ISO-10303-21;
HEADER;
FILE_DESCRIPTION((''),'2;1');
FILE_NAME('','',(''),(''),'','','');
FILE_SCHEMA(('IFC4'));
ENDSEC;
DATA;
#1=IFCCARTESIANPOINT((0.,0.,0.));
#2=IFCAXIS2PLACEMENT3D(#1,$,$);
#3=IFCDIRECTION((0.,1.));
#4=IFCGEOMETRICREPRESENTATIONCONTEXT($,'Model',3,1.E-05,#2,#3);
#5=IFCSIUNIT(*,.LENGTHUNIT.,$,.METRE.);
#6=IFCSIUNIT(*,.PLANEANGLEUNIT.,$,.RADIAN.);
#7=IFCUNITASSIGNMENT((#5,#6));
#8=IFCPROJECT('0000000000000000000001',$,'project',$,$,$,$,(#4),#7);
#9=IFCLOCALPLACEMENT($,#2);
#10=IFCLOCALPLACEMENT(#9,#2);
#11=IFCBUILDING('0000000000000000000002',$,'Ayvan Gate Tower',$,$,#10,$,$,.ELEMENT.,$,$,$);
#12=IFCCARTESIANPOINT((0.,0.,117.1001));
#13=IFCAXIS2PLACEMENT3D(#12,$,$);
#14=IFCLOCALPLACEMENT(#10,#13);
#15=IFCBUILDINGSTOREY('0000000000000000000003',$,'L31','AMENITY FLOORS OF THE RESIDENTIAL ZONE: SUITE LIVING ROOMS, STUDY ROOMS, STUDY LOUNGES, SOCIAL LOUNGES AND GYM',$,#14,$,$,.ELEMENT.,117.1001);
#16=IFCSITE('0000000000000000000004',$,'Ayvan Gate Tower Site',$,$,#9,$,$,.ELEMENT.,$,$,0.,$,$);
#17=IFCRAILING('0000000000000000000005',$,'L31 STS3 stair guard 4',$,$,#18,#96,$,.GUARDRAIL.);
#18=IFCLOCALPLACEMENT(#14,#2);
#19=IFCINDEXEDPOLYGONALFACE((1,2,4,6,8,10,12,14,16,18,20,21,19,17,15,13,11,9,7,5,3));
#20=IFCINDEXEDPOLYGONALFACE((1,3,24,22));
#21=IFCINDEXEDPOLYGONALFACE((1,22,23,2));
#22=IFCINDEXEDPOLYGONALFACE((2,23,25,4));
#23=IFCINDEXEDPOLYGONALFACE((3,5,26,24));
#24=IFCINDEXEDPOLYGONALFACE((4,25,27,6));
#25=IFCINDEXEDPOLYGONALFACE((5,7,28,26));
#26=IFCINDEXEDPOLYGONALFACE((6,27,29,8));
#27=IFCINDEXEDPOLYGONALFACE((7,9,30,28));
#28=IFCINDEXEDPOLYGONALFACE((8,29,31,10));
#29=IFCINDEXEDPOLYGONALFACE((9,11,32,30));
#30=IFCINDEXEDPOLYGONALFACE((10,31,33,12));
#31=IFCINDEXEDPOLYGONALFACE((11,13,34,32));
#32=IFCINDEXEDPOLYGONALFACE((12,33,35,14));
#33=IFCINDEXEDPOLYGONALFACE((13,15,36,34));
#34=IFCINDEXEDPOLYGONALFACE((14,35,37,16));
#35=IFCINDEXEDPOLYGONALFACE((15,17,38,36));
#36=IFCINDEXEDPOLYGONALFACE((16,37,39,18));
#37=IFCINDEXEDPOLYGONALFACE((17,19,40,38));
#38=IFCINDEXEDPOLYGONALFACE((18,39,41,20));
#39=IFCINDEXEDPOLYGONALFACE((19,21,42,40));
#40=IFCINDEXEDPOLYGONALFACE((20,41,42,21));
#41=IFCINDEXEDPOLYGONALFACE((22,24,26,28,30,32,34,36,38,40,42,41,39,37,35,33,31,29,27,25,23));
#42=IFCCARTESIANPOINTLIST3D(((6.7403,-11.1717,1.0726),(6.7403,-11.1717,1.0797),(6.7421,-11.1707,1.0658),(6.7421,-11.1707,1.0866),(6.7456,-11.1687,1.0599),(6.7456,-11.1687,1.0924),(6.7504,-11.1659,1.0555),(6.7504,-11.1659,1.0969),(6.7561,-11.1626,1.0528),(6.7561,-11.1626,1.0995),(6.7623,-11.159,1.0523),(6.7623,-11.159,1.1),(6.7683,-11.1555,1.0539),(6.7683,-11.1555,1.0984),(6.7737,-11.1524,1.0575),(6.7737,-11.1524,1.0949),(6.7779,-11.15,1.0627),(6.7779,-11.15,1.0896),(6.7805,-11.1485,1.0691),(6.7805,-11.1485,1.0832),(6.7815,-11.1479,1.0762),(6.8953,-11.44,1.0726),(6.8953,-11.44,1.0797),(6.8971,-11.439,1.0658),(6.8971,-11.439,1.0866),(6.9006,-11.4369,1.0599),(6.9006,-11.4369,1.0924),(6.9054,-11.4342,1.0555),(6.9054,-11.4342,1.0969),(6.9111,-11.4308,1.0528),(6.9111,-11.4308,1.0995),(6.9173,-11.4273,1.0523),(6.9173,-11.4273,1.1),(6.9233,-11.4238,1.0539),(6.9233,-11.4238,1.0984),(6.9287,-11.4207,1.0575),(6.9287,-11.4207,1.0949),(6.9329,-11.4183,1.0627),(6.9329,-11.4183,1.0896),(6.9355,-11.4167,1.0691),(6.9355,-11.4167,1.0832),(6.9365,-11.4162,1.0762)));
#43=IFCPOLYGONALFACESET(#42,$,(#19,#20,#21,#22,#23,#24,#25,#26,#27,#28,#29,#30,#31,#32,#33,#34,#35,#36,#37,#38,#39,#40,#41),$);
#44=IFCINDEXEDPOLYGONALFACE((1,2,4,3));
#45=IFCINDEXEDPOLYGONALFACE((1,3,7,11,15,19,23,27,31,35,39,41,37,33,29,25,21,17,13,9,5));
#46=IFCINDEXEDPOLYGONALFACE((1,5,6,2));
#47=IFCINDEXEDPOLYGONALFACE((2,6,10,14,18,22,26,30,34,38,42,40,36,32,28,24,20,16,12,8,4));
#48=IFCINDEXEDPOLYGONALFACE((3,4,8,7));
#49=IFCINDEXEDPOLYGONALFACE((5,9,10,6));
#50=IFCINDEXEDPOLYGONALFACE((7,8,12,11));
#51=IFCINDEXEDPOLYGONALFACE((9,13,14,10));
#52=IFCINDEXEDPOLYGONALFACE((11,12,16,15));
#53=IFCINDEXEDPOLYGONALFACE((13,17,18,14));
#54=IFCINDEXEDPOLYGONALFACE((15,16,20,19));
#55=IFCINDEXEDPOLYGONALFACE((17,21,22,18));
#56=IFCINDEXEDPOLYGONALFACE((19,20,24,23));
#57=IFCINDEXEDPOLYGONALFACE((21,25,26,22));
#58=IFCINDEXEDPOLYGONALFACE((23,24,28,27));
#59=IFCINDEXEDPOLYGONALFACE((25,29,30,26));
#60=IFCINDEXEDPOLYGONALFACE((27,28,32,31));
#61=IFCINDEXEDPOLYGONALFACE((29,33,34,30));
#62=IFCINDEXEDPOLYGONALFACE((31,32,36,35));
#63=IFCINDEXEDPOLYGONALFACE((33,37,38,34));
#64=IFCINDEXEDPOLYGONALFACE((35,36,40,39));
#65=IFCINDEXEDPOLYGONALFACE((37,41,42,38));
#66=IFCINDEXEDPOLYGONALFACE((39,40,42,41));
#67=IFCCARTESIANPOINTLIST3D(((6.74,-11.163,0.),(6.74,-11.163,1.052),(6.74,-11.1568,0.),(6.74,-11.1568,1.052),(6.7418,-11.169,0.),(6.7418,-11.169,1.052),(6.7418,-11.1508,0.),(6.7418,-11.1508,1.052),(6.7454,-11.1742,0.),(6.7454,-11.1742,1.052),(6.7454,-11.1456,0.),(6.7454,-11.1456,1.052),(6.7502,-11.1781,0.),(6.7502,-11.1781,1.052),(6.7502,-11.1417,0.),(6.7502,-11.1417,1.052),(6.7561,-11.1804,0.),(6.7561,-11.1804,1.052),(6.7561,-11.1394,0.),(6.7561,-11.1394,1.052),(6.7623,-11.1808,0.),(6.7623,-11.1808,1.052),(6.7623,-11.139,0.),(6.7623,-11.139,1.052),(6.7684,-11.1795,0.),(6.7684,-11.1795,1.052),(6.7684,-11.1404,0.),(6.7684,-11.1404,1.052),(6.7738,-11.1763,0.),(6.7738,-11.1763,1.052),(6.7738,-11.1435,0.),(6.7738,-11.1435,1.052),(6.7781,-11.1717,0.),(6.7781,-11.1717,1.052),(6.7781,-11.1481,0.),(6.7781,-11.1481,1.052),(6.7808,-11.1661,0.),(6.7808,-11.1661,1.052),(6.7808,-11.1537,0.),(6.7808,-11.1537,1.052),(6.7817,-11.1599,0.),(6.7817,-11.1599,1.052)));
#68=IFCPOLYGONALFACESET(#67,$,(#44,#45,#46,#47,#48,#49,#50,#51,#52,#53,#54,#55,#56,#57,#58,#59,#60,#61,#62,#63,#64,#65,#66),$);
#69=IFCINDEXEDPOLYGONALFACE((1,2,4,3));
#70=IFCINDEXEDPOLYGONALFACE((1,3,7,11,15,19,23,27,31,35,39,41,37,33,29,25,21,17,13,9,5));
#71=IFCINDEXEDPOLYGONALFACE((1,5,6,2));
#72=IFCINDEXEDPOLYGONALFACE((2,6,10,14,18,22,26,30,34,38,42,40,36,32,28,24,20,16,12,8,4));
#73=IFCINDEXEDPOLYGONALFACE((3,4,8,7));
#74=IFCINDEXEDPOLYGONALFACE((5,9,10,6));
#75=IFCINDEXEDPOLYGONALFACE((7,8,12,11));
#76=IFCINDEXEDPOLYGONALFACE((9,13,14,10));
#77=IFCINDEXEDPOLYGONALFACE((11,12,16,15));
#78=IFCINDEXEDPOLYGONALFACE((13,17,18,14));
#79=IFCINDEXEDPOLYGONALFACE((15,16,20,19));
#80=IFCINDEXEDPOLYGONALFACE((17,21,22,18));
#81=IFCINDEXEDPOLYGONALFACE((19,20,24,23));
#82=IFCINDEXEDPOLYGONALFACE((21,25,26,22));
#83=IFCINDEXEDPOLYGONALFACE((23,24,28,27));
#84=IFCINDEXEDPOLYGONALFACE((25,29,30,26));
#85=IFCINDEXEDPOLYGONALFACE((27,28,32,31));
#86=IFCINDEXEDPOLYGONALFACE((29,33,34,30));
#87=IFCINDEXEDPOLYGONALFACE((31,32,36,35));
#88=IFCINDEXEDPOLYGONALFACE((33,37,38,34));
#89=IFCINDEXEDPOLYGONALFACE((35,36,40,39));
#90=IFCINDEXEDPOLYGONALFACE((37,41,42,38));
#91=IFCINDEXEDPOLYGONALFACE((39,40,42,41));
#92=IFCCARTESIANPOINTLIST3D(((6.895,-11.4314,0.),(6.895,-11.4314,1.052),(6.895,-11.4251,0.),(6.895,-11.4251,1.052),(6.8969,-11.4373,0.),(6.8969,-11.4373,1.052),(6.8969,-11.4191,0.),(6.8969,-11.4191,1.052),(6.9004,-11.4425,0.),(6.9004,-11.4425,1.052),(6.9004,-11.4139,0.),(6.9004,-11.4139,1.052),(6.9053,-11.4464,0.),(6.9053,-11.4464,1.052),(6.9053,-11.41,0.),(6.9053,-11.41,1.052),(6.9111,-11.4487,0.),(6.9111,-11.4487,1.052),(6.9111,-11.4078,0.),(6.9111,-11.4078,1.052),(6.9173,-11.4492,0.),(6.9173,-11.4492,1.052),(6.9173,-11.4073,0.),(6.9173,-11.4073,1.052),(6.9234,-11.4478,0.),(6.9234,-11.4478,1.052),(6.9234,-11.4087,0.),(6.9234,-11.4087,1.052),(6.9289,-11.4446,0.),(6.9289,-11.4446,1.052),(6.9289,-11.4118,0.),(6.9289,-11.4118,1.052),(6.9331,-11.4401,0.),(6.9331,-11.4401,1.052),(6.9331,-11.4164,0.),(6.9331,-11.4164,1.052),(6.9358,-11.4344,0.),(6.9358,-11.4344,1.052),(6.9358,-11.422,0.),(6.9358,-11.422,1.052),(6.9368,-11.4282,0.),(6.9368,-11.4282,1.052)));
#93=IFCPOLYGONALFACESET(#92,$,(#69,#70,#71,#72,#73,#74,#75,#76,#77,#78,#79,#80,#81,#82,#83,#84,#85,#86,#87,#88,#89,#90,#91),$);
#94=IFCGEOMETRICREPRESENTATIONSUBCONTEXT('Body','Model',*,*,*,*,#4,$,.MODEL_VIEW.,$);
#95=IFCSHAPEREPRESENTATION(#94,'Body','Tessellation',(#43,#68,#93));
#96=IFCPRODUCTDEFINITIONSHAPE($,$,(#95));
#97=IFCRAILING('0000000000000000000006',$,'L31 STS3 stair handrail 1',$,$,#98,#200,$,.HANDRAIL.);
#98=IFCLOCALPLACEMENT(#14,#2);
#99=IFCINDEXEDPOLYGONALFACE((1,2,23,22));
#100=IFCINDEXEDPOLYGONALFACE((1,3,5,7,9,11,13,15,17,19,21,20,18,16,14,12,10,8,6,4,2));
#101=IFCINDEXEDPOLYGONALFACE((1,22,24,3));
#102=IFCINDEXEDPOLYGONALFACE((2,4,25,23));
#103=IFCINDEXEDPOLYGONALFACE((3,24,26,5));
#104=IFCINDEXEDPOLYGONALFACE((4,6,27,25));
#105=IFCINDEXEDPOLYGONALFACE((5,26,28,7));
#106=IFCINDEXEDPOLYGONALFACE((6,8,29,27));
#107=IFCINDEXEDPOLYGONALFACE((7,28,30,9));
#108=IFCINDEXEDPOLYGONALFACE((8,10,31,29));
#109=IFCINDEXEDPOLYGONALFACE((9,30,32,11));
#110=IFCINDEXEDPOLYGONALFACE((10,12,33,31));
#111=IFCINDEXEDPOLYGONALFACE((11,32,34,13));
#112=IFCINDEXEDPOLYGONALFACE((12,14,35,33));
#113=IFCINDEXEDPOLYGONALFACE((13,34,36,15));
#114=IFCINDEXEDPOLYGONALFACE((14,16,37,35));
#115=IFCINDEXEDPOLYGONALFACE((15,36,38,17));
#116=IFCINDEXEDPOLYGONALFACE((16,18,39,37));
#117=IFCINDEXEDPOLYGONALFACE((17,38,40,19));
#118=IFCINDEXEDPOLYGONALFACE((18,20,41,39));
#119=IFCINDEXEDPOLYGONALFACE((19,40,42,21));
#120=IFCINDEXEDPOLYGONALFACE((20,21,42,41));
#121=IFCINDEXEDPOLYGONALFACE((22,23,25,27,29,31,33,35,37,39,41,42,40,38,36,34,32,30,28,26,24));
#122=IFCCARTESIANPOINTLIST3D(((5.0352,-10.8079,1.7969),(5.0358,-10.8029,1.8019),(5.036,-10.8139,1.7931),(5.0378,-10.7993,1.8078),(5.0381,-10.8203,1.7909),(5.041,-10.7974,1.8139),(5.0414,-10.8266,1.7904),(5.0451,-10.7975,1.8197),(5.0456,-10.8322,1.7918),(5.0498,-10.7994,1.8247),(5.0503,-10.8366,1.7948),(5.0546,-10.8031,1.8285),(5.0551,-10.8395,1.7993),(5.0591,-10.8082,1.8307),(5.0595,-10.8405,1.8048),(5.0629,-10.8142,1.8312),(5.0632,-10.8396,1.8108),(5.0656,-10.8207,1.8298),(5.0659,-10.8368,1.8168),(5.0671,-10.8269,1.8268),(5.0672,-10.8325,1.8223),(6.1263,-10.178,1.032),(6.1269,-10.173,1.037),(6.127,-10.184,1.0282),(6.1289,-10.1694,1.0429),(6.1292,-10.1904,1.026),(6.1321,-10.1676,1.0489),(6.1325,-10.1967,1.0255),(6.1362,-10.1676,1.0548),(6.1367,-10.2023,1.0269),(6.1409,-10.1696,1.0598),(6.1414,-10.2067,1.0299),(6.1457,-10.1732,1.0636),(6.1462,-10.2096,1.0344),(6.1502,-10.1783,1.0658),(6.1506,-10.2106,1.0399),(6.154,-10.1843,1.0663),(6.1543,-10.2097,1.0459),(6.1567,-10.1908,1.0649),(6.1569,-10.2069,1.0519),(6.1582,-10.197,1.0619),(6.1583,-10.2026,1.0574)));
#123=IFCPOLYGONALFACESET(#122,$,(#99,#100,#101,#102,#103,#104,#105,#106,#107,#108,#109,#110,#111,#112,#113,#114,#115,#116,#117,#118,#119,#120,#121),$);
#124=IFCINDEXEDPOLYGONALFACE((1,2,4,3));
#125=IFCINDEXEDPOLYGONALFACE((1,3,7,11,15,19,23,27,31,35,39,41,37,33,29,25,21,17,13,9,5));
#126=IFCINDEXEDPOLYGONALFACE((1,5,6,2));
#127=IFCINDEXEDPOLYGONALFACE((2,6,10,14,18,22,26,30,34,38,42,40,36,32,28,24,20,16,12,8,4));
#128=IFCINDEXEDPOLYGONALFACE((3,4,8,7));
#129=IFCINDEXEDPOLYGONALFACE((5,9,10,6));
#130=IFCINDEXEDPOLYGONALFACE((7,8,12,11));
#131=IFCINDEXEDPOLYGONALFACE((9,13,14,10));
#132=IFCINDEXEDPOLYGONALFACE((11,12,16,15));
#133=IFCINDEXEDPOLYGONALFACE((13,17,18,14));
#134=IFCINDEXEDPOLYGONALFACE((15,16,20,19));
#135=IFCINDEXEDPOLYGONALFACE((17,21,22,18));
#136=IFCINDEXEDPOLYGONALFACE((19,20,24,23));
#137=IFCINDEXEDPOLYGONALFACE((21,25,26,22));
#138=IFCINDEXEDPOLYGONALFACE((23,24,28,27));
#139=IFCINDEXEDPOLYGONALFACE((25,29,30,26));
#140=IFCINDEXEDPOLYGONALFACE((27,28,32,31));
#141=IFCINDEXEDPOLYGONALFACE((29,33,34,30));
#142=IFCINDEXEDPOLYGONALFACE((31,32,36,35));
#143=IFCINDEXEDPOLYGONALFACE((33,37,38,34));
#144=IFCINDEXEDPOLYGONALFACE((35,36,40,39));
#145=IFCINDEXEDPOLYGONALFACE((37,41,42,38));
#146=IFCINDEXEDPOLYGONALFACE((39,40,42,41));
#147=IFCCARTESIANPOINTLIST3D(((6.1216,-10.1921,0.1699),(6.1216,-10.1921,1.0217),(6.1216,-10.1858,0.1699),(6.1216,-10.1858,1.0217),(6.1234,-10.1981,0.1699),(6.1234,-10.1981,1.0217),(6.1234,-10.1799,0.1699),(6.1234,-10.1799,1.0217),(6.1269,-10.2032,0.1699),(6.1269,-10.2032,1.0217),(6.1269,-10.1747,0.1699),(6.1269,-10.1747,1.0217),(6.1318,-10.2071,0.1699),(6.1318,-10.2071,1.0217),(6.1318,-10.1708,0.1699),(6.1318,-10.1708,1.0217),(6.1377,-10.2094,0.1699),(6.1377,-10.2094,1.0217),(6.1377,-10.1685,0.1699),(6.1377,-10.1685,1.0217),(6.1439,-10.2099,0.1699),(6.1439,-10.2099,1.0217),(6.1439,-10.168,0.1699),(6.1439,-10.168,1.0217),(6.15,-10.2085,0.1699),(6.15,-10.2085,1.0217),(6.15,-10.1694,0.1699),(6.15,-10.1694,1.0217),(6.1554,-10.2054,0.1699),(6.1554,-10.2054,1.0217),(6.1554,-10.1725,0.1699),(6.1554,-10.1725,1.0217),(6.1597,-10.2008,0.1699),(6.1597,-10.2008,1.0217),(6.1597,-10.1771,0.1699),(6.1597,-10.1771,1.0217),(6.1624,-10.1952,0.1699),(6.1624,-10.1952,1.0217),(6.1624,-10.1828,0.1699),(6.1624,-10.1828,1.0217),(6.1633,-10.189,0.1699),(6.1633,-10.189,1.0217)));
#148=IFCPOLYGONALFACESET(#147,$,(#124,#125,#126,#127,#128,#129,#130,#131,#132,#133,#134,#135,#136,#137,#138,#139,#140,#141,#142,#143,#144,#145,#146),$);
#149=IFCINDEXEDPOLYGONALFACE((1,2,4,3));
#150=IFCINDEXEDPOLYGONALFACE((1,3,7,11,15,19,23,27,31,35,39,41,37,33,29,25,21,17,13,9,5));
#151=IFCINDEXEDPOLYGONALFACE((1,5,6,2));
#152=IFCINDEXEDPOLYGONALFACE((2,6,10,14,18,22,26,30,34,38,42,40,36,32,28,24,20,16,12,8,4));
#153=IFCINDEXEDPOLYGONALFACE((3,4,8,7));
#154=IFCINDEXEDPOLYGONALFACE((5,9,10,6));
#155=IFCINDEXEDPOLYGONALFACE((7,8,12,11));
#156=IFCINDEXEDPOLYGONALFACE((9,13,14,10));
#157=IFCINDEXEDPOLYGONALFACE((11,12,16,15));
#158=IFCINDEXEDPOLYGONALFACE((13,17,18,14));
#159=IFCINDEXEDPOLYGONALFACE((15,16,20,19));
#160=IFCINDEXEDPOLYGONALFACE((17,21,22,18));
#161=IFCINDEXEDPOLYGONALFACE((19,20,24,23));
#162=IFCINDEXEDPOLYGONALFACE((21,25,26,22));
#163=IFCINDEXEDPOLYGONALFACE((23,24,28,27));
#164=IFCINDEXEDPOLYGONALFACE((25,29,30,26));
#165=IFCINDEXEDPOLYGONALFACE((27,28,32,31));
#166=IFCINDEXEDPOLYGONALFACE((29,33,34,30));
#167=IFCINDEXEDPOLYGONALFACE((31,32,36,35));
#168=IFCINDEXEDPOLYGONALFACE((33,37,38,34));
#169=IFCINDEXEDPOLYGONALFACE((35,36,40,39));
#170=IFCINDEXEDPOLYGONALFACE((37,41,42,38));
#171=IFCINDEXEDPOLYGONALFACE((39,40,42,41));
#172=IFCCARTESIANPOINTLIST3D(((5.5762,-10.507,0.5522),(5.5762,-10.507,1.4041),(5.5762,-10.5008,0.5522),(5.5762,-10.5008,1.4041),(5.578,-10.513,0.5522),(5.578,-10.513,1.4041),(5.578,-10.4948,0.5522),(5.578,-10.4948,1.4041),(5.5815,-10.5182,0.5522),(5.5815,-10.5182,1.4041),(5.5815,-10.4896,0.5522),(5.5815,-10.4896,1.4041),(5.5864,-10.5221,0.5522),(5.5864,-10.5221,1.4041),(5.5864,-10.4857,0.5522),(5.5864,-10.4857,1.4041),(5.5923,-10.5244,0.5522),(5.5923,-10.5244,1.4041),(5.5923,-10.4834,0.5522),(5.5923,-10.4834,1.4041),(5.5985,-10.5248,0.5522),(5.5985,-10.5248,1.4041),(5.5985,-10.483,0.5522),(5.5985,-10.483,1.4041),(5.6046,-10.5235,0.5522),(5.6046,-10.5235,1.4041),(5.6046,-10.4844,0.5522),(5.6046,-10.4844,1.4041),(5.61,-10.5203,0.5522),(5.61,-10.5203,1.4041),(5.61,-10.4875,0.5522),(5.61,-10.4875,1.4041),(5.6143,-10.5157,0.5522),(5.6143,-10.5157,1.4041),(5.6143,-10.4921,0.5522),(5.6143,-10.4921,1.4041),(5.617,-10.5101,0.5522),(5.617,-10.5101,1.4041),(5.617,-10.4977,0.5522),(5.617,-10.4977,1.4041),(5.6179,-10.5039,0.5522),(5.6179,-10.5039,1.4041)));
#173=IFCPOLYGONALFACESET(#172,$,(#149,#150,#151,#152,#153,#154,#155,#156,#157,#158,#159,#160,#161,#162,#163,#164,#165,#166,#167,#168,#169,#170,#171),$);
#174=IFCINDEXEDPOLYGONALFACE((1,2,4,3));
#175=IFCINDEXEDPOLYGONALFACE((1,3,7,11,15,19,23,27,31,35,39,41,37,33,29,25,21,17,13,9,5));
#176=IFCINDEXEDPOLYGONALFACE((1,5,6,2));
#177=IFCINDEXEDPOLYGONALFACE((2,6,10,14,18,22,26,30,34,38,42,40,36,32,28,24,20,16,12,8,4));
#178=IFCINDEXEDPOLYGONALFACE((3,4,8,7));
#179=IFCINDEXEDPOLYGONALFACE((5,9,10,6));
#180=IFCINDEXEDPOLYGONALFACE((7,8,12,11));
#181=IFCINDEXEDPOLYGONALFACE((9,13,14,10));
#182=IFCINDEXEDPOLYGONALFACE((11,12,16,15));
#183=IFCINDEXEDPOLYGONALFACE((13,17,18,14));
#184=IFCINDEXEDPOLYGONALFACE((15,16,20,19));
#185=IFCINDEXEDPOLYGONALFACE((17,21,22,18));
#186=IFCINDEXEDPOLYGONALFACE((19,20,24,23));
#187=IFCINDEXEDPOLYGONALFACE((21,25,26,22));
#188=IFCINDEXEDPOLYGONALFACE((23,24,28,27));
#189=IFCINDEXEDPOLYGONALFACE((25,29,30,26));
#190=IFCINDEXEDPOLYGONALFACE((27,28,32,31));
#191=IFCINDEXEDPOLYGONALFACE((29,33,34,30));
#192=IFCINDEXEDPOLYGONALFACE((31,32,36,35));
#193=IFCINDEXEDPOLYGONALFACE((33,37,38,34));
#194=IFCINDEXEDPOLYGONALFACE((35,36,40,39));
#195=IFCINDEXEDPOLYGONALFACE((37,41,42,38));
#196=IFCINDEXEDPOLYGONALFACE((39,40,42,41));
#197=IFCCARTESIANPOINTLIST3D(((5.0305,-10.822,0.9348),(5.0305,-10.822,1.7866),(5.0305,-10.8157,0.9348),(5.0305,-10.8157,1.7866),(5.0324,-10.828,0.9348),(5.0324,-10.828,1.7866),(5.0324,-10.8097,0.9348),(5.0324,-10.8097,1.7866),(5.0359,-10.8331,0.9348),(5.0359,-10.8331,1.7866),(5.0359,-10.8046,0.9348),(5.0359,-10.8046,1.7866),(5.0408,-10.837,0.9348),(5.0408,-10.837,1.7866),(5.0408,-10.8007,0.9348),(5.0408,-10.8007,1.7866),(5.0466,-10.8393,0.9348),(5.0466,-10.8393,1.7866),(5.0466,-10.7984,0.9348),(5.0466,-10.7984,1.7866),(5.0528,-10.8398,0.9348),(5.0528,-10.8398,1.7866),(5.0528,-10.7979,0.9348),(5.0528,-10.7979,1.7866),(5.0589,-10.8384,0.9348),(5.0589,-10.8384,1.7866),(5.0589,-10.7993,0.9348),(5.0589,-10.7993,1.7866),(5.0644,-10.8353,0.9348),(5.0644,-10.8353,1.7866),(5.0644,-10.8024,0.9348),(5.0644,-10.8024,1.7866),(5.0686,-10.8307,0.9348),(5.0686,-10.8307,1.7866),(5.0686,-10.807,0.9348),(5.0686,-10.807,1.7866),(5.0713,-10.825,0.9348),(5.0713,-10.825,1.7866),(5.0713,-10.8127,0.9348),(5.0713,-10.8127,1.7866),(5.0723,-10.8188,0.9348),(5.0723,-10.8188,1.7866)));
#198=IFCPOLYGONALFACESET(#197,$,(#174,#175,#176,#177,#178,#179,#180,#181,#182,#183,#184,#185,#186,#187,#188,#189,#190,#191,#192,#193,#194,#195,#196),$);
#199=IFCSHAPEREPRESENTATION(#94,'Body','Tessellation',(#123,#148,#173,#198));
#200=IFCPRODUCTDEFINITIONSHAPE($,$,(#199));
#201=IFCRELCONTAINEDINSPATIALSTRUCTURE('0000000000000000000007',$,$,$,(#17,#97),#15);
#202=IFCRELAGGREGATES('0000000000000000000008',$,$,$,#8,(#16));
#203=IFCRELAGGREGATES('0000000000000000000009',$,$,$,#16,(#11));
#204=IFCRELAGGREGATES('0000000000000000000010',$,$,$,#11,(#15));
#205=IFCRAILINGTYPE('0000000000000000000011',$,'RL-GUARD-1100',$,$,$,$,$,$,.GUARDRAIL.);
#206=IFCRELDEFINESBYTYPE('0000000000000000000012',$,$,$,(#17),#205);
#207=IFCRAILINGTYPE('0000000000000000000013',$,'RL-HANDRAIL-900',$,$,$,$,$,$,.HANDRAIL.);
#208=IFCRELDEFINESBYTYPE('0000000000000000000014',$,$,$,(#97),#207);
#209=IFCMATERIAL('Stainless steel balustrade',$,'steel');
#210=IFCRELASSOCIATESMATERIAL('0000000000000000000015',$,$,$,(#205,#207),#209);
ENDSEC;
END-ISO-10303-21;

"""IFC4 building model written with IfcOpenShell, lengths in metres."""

from ifc_helpers import new_model, si_unit, direction, frame, origin, origin_2d, place, context, subcontext, project, spatial, circle, extrude, material, type_object, element, save


model = new_model("IFC4")

# Units and contexts
model_context = context("Model", 3, precision=1e-05, world=origin(), true_north=direction((0.0, 1.0)))
body_context = subcontext(model_context, "Body", "Model", "MODEL_VIEW")
ifc_project = project(units=[si_unit("LENGTHUNIT", "METRE"), si_unit("PLANEANGLEUNIT", "RADIAN")], contexts=[model_context])

# Site, building, storey
site_placement = place(None, origin())
site = spatial("IfcSite", under=ifc_project, at=site_placement, Name="Ayvan Gate Tower Site", CompositionType="ELEMENT", RefElevation=0.0)
building_placement = place(site_placement, origin())
building = spatial("IfcBuilding", under=site, at=building_placement, Name="Ayvan Gate Tower", CompositionType="ELEMENT")
storey_placement = place(building_placement, frame((0.0, 0.0, 117.1001)))
storey = spatial("IfcBuildingStorey", under=building, at=storey_placement, Name="L31", Description="AMENITY FLOORS OF THE RESIDENTIAL ZONE: SUITE LIVING ROOMS, STUDY ROOMS, STUDY LOUNGES, SOCIAL LOUNGES AND GYM", CompositionType="ELEMENT", Elevation=117.1001)

# Railings
ifc_material_1 = material(Name="Stainless steel balustrade", Category="steel")
railing_type_1 = type_object("IfcRailingType", Name="RL-GUARD-1100", PredefinedType="GUARDRAIL", material=ifc_material_1)
railing_1_placement = place(storey_placement, frame((6.7607, -11.1599, 0.0)))
element("IfcRailing", 1, at=railing_1_placement, inside=storey, type_object=railing_type_1, Name="L31 STS3 stair guard 4", PredefinedType="GUARDRAIL", context=body_context, shape_type="SweptSolid", body=[
    extrude(circle(Radius=0.0239, at=origin_2d()), frame((0.0, 0.0, 1.0762), z_axis=(0.500291, -0.865857, 0.0), x_axis=(0.865857, 0.500291, 0.0)), (0.0, 0.0, 1.0), 0.3098),
    extrude(circle(Radius=0.021, at=origin_2d()), origin(), (0.0, 0.0, 1.0), 1.052),
    extrude(circle(Radius=0.021, at=origin_2d()), frame((0.155, -0.2683, 0.0)), (0.0, 0.0, 1.0), 1.052),
])
railing_type_2 = type_object("IfcRailingType", Name="RL-HANDRAIL-900", PredefinedType="HANDRAIL", material=ifc_material_1)
railing_2_placement = place(storey_placement, frame((6.1423, -10.189, 0.1699)))
element("IfcRailing", 2, at=railing_2_placement, inside=storey, type_object=railing_type_2, Name="L31 STS3 stair handrail 1", PredefinedType="HANDRAIL", context=body_context, shape_type="SweptSolid", body=[
    extrude(circle(Radius=0.0239, at=origin_2d()), frame((0.0, 0.0, 0.876), z_axis=(-0.740282, -0.427372, 0.518976), x_axis=(0.499974, -0.86604, 0.0)), (0.0, 0.0, 1.0), 1.4739),
    extrude(circle(Radius=0.021, at=origin_2d()), origin(), (0.0, 0.0, 1.0), 0.8518),
    extrude(circle(Radius=0.021, at=origin_2d()), frame((-0.5454, -0.3149, 0.3823)), (0.0, 0.0, 1.0), 0.8518),
    extrude(circle(Radius=0.021, at=origin_2d()), frame((-1.0911, -0.6299, 0.7649)), (0.0, 0.0, 1.0), 0.8518),
])

save(model, "model.ifc")
